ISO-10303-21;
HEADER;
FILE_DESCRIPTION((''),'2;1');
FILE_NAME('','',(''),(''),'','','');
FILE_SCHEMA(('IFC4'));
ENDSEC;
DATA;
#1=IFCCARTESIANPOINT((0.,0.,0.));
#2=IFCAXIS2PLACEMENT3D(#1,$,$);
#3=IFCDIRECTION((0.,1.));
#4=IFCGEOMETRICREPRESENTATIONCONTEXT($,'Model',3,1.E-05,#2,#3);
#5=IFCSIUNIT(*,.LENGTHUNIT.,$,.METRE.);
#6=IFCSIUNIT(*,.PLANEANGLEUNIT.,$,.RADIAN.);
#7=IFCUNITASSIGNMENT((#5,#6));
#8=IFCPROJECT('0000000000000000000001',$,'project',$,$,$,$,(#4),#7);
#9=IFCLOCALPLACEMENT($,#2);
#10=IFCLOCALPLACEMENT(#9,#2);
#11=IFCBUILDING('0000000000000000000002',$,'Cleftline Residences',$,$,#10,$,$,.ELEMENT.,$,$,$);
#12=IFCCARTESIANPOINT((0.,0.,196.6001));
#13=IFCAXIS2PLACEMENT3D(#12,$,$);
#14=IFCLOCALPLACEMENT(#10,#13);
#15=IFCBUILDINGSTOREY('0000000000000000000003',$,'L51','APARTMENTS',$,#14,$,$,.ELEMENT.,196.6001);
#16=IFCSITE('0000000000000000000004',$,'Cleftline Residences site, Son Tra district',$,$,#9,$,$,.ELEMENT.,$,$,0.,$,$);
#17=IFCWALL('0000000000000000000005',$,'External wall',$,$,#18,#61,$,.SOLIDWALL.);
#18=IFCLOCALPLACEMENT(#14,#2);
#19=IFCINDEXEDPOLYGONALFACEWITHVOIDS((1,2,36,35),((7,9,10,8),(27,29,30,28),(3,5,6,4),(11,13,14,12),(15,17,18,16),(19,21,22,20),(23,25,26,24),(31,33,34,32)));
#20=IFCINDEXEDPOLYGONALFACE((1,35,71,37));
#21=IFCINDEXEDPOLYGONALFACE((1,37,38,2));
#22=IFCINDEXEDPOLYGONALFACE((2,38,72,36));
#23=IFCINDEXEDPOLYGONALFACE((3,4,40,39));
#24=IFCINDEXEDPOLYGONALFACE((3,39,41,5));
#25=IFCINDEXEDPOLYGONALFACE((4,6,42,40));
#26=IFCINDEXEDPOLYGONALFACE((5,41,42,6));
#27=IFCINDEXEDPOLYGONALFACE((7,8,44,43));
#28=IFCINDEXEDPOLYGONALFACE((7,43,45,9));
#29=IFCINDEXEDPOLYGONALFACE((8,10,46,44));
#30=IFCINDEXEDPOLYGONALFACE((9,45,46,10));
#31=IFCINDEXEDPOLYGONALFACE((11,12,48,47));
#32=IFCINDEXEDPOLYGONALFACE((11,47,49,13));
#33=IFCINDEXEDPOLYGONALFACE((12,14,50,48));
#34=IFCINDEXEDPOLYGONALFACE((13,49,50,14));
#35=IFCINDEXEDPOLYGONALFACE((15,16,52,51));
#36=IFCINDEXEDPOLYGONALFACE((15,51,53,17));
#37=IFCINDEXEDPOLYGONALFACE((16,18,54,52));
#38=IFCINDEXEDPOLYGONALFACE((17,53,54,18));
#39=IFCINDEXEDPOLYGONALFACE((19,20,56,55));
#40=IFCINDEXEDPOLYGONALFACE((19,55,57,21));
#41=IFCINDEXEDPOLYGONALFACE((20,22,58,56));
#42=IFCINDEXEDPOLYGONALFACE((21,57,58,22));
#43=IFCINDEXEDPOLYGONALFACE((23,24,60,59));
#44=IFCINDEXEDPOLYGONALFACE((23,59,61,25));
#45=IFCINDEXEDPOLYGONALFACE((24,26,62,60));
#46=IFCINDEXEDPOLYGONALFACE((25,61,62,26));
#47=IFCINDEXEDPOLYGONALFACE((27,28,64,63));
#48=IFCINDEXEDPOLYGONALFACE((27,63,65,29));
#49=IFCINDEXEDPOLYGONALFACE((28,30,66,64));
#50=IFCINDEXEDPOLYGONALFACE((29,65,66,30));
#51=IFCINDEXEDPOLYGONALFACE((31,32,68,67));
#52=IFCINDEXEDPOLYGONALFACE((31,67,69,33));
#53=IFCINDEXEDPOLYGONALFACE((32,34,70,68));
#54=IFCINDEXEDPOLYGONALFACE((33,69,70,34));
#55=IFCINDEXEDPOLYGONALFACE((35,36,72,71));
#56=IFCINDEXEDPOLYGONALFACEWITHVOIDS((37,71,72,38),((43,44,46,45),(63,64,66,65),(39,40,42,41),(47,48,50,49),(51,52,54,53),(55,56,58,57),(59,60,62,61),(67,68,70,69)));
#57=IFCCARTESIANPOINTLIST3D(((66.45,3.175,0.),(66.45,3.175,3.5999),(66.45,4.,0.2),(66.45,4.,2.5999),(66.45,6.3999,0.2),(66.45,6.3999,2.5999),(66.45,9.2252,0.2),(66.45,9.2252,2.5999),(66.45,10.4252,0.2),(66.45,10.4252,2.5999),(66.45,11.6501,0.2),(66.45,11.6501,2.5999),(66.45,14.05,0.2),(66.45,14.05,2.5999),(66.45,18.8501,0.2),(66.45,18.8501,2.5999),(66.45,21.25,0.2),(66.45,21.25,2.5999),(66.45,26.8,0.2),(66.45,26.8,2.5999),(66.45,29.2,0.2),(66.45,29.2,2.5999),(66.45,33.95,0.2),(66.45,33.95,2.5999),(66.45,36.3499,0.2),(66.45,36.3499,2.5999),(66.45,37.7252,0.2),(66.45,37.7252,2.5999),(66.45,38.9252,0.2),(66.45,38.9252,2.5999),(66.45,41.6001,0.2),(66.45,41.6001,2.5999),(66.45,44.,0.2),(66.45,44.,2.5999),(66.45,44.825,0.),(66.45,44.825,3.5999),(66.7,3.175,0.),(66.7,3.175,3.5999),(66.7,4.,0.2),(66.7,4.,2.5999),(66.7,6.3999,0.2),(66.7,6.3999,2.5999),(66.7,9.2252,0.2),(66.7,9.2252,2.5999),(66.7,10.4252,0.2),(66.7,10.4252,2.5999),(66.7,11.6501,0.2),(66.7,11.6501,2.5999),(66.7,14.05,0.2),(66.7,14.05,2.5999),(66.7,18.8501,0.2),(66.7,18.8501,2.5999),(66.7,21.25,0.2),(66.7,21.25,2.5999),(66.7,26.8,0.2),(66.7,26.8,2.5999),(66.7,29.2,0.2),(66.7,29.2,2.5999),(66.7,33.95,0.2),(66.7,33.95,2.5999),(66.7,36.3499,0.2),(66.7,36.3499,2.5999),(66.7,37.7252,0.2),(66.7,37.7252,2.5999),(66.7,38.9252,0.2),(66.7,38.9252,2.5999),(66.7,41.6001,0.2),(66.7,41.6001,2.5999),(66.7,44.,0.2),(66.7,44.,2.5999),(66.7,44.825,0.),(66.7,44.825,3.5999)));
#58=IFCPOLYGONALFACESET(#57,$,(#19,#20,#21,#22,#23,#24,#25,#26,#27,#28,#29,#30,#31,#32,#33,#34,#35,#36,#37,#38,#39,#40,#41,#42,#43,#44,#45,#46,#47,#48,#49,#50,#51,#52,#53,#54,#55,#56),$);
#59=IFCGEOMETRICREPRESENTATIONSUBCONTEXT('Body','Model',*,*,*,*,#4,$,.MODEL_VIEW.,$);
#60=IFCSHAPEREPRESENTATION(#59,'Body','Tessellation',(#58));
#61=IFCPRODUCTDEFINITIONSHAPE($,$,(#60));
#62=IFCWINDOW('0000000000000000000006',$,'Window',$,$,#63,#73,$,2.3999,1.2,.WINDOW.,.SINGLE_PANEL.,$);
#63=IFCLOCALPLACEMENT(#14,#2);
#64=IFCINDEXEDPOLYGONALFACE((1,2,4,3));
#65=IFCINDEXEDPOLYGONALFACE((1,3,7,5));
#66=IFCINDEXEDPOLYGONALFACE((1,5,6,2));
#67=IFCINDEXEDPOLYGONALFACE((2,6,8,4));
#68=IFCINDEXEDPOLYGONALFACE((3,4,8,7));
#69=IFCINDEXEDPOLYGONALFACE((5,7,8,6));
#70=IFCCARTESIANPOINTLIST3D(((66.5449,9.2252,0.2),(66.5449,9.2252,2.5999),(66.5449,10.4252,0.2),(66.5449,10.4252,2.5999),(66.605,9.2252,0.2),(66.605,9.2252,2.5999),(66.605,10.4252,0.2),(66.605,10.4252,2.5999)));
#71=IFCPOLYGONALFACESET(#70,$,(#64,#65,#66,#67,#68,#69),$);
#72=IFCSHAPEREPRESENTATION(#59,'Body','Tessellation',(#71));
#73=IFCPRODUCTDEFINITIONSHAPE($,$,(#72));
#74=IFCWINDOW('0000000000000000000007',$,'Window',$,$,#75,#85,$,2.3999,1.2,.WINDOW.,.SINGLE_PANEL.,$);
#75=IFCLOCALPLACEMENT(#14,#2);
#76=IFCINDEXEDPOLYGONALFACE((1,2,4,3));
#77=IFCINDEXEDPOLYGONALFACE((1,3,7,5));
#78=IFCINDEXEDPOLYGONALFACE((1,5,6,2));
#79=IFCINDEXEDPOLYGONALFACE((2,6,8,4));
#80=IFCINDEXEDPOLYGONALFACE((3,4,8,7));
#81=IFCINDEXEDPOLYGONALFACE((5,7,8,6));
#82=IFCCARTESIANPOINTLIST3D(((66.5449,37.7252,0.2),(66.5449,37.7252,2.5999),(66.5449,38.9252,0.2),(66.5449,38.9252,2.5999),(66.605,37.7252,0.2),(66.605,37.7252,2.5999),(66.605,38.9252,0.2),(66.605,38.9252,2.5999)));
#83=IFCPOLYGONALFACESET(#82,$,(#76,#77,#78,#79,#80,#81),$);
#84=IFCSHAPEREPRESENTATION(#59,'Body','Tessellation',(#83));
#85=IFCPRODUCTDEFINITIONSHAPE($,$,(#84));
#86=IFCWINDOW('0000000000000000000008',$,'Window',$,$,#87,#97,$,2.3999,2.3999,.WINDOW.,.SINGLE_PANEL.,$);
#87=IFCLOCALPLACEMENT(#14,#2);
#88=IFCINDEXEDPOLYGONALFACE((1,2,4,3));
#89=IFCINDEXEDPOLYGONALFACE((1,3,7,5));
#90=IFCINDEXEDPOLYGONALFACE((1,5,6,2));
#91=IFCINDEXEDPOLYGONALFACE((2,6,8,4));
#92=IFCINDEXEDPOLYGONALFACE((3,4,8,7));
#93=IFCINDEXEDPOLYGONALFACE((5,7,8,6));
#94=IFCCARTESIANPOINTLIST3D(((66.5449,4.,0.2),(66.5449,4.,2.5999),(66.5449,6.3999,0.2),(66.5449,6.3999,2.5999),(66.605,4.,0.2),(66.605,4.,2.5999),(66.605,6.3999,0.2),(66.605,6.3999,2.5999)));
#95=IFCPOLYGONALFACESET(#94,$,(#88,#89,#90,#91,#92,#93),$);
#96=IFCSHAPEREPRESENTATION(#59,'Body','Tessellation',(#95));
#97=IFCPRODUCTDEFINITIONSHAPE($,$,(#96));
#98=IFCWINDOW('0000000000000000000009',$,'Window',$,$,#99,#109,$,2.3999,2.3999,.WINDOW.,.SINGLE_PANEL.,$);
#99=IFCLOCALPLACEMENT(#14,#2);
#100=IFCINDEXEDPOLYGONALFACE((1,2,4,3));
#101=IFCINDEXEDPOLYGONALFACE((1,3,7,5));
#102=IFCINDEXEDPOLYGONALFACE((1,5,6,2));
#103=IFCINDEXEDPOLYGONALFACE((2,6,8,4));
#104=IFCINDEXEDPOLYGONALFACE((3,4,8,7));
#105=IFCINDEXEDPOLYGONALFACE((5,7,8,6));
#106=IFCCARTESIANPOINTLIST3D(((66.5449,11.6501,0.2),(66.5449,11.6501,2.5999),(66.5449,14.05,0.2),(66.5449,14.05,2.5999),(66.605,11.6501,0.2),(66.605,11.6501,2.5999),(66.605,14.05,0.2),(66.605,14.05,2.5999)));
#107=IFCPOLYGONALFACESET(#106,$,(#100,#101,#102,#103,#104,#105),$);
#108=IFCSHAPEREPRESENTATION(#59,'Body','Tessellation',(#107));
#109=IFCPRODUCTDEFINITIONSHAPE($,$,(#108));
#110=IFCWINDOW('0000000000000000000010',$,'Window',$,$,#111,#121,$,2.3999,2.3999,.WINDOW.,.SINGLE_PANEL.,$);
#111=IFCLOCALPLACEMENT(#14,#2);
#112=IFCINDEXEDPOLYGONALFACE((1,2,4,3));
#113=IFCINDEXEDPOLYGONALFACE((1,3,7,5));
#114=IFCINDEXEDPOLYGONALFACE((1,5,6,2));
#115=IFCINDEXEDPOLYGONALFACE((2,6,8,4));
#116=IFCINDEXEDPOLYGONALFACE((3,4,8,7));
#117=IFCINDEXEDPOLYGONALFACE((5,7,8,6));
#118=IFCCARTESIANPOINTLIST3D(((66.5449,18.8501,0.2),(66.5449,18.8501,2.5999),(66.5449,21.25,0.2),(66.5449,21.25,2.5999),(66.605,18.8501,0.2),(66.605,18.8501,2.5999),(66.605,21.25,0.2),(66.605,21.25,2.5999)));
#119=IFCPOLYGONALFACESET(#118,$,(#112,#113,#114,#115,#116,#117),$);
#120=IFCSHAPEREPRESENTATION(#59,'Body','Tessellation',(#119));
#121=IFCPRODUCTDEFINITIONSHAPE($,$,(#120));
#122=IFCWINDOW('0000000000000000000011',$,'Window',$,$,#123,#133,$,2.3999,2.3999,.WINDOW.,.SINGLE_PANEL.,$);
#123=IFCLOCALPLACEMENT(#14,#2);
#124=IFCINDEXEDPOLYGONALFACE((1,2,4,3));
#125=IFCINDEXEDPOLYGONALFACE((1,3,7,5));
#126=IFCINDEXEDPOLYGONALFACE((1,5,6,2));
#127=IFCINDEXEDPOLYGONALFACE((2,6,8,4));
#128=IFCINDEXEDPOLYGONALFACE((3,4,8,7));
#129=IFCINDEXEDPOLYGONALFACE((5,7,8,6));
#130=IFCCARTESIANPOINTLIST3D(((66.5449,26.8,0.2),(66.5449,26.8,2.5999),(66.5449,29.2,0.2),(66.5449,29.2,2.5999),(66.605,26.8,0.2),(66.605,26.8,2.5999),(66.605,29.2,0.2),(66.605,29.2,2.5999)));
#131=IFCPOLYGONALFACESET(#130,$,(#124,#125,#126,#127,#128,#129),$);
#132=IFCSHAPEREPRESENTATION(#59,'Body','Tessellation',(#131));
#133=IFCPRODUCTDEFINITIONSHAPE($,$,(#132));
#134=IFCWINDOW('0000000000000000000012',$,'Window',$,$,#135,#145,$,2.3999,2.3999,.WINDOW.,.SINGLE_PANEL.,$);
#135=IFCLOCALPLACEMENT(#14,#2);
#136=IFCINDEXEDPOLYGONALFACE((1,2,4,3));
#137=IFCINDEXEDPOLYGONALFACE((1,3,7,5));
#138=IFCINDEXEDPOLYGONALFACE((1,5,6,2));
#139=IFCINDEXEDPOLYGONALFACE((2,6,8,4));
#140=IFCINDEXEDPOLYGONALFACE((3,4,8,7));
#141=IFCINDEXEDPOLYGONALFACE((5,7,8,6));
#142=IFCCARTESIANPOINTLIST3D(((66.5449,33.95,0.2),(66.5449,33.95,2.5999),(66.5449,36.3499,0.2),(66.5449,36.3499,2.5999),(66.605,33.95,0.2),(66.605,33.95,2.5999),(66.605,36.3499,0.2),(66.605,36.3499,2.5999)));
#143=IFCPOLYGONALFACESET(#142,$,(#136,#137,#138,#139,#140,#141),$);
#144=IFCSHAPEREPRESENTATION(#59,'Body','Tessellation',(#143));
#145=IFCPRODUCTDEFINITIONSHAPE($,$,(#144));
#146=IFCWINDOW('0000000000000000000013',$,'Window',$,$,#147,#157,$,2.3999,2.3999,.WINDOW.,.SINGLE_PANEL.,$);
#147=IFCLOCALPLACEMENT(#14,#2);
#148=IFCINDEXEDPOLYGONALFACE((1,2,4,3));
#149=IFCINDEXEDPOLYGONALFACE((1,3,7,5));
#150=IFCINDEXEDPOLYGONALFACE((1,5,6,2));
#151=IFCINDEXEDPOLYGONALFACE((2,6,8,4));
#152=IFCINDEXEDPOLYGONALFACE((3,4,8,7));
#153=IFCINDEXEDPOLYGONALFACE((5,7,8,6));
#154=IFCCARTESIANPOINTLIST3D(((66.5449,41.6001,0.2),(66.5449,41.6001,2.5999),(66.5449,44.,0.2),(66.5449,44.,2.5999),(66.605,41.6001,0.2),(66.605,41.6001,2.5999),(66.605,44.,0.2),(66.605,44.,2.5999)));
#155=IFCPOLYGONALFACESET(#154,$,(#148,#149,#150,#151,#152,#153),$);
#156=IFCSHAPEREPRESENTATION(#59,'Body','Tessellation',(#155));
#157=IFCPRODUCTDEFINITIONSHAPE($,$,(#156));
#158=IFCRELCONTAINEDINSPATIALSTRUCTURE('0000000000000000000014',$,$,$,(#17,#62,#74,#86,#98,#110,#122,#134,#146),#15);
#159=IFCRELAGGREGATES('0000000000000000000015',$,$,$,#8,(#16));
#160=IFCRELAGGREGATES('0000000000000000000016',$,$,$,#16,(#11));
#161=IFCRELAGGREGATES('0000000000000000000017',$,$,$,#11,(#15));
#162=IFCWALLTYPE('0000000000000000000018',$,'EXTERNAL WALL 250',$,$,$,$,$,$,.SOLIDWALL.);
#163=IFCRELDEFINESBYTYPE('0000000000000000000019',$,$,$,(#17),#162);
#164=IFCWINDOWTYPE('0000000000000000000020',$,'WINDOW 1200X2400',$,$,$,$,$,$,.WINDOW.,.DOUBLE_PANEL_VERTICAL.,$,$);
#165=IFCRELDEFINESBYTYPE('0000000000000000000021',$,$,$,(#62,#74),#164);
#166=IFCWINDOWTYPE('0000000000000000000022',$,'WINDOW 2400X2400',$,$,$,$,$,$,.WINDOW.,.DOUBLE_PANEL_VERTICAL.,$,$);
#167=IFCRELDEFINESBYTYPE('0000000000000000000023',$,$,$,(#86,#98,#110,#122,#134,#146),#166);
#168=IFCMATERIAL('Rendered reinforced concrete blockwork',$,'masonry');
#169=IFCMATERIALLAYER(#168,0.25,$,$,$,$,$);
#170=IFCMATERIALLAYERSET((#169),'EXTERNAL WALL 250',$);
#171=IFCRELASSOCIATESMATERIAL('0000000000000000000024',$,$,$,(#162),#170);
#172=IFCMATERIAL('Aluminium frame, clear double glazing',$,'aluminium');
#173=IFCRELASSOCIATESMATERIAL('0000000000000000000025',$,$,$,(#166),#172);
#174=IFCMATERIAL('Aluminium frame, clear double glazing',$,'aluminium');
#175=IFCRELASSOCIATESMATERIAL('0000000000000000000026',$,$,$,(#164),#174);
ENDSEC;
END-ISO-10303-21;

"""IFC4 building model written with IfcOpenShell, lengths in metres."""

from ifc_helpers import new_model, si_unit, direction, frame, frame_2d, origin, place, context, subcontext, project, spatial, rectangle, extrude, material, layer, layer_set, type_object, element, fill, save


model = new_model("IFC4")

# Units and contexts
model_context = context("Model", 3, precision=1e-05, world=origin(), true_north=direction((0.0, 1.0)))
body_context = subcontext(model_context, "Body", "Model", "MODEL_VIEW")
ifc_project = project(units=[si_unit("LENGTHUNIT", "METRE"), si_unit("PLANEANGLEUNIT", "RADIAN")], contexts=[model_context])

# Site, building, storey
site_placement = place(None, origin())
site = spatial("IfcSite", under=ifc_project, at=site_placement, Name="Cleftline Residences site, Son Tra district", CompositionType="ELEMENT", RefElevation=0.0)
building_placement = place(site_placement, origin())
building = spatial("IfcBuilding", under=site, at=building_placement, Name="Cleftline Residences", CompositionType="ELEMENT")
storey_placement = place(building_placement, frame((0.0, 0.0, 196.6001)))
storey = spatial("IfcBuildingStorey", under=building, at=storey_placement, Name="L51", Description="APARTMENTS", CompositionType="ELEMENT", Elevation=196.6001)

# Shared definitions
ifc_material_1 = material(Name="Rendered reinforced concrete blockwork", Category="masonry")
ifc_layer_1 = layer(ifc_material_1, 0.25)
ifc_layer_set_1 = layer_set([ifc_layer_1], Name="EXTERNAL WALL 250")
wall_type_1 = type_object("IfcWallType", Name="EXTERNAL WALL 250", PredefinedType="SOLIDWALL", material=ifc_layer_set_1)
ifc_material_2 = material(Name="Aluminium frame, clear double glazing", Category="aluminium")
window_type_1 = type_object("IfcWindowType", Name="WINDOW 2400X2400", PartitioningType="DOUBLE_PANEL_VERTICAL", PredefinedType="WINDOW", material=ifc_material_2)

# Wall, openings, windows
wall_1_placement = place(storey_placement, frame((66.575, 3.175, 0.0), z_axis=(0.0, 0.0, 1.0), x_axis=(0.0, 1.0, 0.0)))
wall_1 = element("IfcWall", 1, at=wall_1_placement, inside=storey, type_object=wall_type_1, Name="External wall", PredefinedType="SOLIDWALL", context=body_context, shape_type="SweptSolid", body=[
    extrude(rectangle(XDim=41.6499, YDim=0.25, at=frame_2d((20.825, 0.0))), origin(), (0.0, 0.0, 1.0), 3.5999),
])
opening_1_placement = place(wall_1_placement, frame((0.825, 0.0, 0.2)))
opening_1 = element("IfcOpeningElement", 2, at=opening_1_placement, cuts=wall_1, PredefinedType="OPENING", context=body_context, shape_type="SweptSolid", body=[
    extrude(rectangle(XDim=2.3999, YDim=2.3999, at=frame_2d((1.2, 1.2))), frame((0.0, 0.135, 0.0), z_axis=(0.0, -1.0, 0.0), x_axis=(1.0, 0.0, 0.0)), (0.0, 0.0, 1.0), 0.27),
])
opening_2_placement = place(wall_1_placement, frame((6.05, 0.0, 0.2)))
opening_2 = element("IfcOpeningElement", 3, at=opening_2_placement, cuts=wall_1, PredefinedType="OPENING", context=body_context, shape_type="SweptSolid", body=[
    extrude(rectangle(XDim=1.2, YDim=2.3999, at=frame_2d((0.6001, 1.2))), frame((0.0, 0.135, 0.0), z_axis=(0.0, -1.0, 0.0), x_axis=(1.0, 0.0, 0.0)), (0.0, 0.0, 1.0), 0.27),
])
opening_3_placement = place(wall_1_placement, frame((8.4751, 0.0, 0.2)))
opening_3 = element("IfcOpeningElement", 4, at=opening_3_placement, cuts=wall_1, PredefinedType="OPENING", context=body_context, shape_type="SweptSolid", body=[
    extrude(rectangle(XDim=2.3999, YDim=2.3999, at=frame_2d((1.2, 1.2))), frame((0.0, 0.135, 0.0), z_axis=(0.0, -1.0, 0.0), x_axis=(1.0, 0.0, 0.0)), (0.0, 0.0, 1.0), 0.27),
])
opening_4_placement = place(wall_1_placement, frame((15.675, 0.0, 0.2)))
opening_4 = element("IfcOpeningElement", 5, at=opening_4_placement, cuts=wall_1, PredefinedType="OPENING", context=body_context, shape_type="SweptSolid", body=[
    extrude(rectangle(XDim=2.3999, YDim=2.3999, at=frame_2d((1.2, 1.2))), frame((0.0, 0.135, 0.0), z_axis=(0.0, -1.0, 0.0), x_axis=(1.0, 0.0, 0.0)), (0.0, 0.0, 1.0), 0.27),
])
opening_5_placement = place(wall_1_placement, frame((23.625, 0.0, 0.2)))
opening_5 = element("IfcOpeningElement", 6, at=opening_5_placement, cuts=wall_1, PredefinedType="OPENING", context=body_context, shape_type="SweptSolid", body=[
    extrude(rectangle(XDim=2.3999, YDim=2.3999, at=frame_2d((1.2, 1.2))), frame((0.0, 0.135, 0.0), z_axis=(0.0, -1.0, 0.0), x_axis=(1.0, 0.0, 0.0)), (0.0, 0.0, 1.0), 0.27),
])
opening_6_placement = place(wall_1_placement, frame((30.7749, 0.0, 0.2)))
opening_6 = element("IfcOpeningElement", 7, at=opening_6_placement, cuts=wall_1, PredefinedType="OPENING", context=body_context, shape_type="SweptSolid", body=[
    extrude(rectangle(XDim=2.3999, YDim=2.3999, at=frame_2d((1.2, 1.2))), frame((0.0, 0.135, 0.0), z_axis=(0.0, -1.0, 0.0), x_axis=(1.0, 0.0, 0.0)), (0.0, 0.0, 1.0), 0.27),
])
opening_7_placement = place(wall_1_placement, frame((34.55, 0.0, 0.2)))
opening_7 = element("IfcOpeningElement", 8, at=opening_7_placement, cuts=wall_1, PredefinedType="OPENING", context=body_context, shape_type="SweptSolid", body=[
    extrude(rectangle(XDim=1.2, YDim=2.3999, at=frame_2d((0.6001, 1.2))), frame((0.0, 0.135, 0.0), z_axis=(0.0, -1.0, 0.0), x_axis=(1.0, 0.0, 0.0)), (0.0, 0.0, 1.0), 0.27),
])
opening_8_placement = place(wall_1_placement, frame((38.425, 0.0, 0.2)))
opening_8 = element("IfcOpeningElement", 9, at=opening_8_placement, cuts=wall_1, PredefinedType="OPENING", context=body_context, shape_type="SweptSolid", body=[
    extrude(rectangle(XDim=2.3999, YDim=2.3999, at=frame_2d((1.2, 1.2))), frame((0.0, 0.135, 0.0), z_axis=(0.0, -1.0, 0.0), x_axis=(1.0, 0.0, 0.0)), (0.0, 0.0, 1.0), 0.27),
])
ifc_material_3 = material(Name="Aluminium frame, clear double glazing", Category="aluminium")
window_type_2 = type_object("IfcWindowType", Name="WINDOW 1200X2400", PartitioningType="DOUBLE_PANEL_VERTICAL", PredefinedType="WINDOW", material=ifc_material_3)
window_1_placement = place(opening_2_placement, origin())
window_1 = element("IfcWindow", 10, at=window_1_placement, inside=storey, type_object=window_type_2, Name="Window", OverallHeight=2.3999, OverallWidth=1.2, PartitioningType="SINGLE_PANEL", PredefinedType="WINDOW", context=body_context, shape_type="SweptSolid", body=[
    extrude(rectangle(XDim=1.2, YDim=2.3999, at=frame_2d((0.6001, 1.2))), frame((0.0, 0.03, 0.0), z_axis=(0.0, -1.0, 0.0), x_axis=(1.0, 0.0, 0.0)), (0.0, 0.0, 1.0), 0.0601),
])
fill(opening_2, window_1)
window_2_placement = place(opening_7_placement, origin())
window_2 = element("IfcWindow", 11, at=window_2_placement, inside=storey, type_object=window_type_2, Name="Window", OverallHeight=2.3999, OverallWidth=1.2, PartitioningType="SINGLE_PANEL", PredefinedType="WINDOW", context=body_context, shape_type="SweptSolid", body=[
    extrude(rectangle(XDim=1.2, YDim=2.3999, at=frame_2d((0.6001, 1.2))), frame((0.0, 0.03, 0.0), z_axis=(0.0, -1.0, 0.0), x_axis=(1.0, 0.0, 0.0)), (0.0, 0.0, 1.0), 0.0601),
])
fill(opening_7, window_2)
window_3_placement = place(opening_1_placement, origin())
window_3 = element("IfcWindow", 12, at=window_3_placement, inside=storey, type_object=window_type_1, Name="Window", OverallHeight=2.3999, OverallWidth=2.3999, PartitioningType="SINGLE_PANEL", PredefinedType="WINDOW", context=body_context, shape_type="SweptSolid", body=[
    extrude(rectangle(XDim=2.3999, YDim=2.3999, at=frame_2d((1.2, 1.2))), frame((0.0, 0.03, 0.0), z_axis=(0.0, -1.0, 0.0), x_axis=(1.0, 0.0, 0.0)), (0.0, 0.0, 1.0), 0.0601),
])
fill(opening_1, window_3)
window_4_placement = place(opening_3_placement, origin())
window_4 = element("IfcWindow", 13, at=window_4_placement, inside=storey, type_object=window_type_1, Name="Window", OverallHeight=2.3999, OverallWidth=2.3999, PartitioningType="SINGLE_PANEL", PredefinedType="WINDOW", context=body_context, shape_type="SweptSolid", body=[
    extrude(rectangle(XDim=2.3999, YDim=2.3999, at=frame_2d((1.2, 1.2))), frame((0.0, 0.03, 0.0), z_axis=(0.0, -1.0, 0.0), x_axis=(1.0, 0.0, 0.0)), (0.0, 0.0, 1.0), 0.0601),
])
fill(opening_3, window_4)
window_5_placement = place(opening_4_placement, origin())
window_5 = element("IfcWindow", 14, at=window_5_placement, inside=storey, type_object=window_type_1, Name="Window", OverallHeight=2.3999, OverallWidth=2.3999, PartitioningType="SINGLE_PANEL", PredefinedType="WINDOW", context=body_context, shape_type="SweptSolid", body=[
    extrude(rectangle(XDim=2.3999, YDim=2.3999, at=frame_2d((1.2, 1.2))), frame((0.0, 0.03, 0.0), z_axis=(0.0, -1.0, 0.0), x_axis=(1.0, 0.0, 0.0)), (0.0, 0.0, 1.0), 0.0601),
])
fill(opening_4, window_5)
window_6_placement = place(opening_5_placement, origin())
window_6 = element("IfcWindow", 15, at=window_6_placement, inside=storey, type_object=window_type_1, Name="Window", OverallHeight=2.3999, OverallWidth=2.3999, PartitioningType="SINGLE_PANEL", PredefinedType="WINDOW", context=body_context, shape_type="SweptSolid", body=[
    extrude(rectangle(XDim=2.3999, YDim=2.3999, at=frame_2d((1.2, 1.2))), frame((0.0, 0.03, 0.0), z_axis=(0.0, -1.0, 0.0), x_axis=(1.0, 0.0, 0.0)), (0.0, 0.0, 1.0), 0.0601),
])
fill(opening_5, window_6)
window_7_placement = place(opening_6_placement, origin())
window_7 = element("IfcWindow", 16, at=window_7_placement, inside=storey, type_object=window_type_1, Name="Window", OverallHeight=2.3999, OverallWidth=2.3999, PartitioningType="SINGLE_PANEL", PredefinedType="WINDOW", context=body_context, shape_type="SweptSolid", body=[
    extrude(rectangle(XDim=2.3999, YDim=2.3999, at=frame_2d((1.2, 1.2))), frame((0.0, 0.03, 0.0), z_axis=(0.0, -1.0, 0.0), x_axis=(1.0, 0.0, 0.0)), (0.0, 0.0, 1.0), 0.0601),
])
fill(opening_6, window_7)
window_8_placement = place(opening_8_placement, origin())
window_8 = element("IfcWindow", 17, at=window_8_placement, inside=storey, type_object=window_type_1, Name="Window", OverallHeight=2.3999, OverallWidth=2.3999, PartitioningType="SINGLE_PANEL", PredefinedType="WINDOW", context=body_context, shape_type="SweptSolid", body=[
    extrude(rectangle(XDim=2.3999, YDim=2.3999, at=frame_2d((1.2, 1.2))), frame((0.0, 0.03, 0.0), z_axis=(0.0, -1.0, 0.0), x_axis=(1.0, 0.0, 0.0)), (0.0, 0.0, 1.0), 0.0601),
])
fill(opening_8, window_8)

save(model, "model.ifc")
